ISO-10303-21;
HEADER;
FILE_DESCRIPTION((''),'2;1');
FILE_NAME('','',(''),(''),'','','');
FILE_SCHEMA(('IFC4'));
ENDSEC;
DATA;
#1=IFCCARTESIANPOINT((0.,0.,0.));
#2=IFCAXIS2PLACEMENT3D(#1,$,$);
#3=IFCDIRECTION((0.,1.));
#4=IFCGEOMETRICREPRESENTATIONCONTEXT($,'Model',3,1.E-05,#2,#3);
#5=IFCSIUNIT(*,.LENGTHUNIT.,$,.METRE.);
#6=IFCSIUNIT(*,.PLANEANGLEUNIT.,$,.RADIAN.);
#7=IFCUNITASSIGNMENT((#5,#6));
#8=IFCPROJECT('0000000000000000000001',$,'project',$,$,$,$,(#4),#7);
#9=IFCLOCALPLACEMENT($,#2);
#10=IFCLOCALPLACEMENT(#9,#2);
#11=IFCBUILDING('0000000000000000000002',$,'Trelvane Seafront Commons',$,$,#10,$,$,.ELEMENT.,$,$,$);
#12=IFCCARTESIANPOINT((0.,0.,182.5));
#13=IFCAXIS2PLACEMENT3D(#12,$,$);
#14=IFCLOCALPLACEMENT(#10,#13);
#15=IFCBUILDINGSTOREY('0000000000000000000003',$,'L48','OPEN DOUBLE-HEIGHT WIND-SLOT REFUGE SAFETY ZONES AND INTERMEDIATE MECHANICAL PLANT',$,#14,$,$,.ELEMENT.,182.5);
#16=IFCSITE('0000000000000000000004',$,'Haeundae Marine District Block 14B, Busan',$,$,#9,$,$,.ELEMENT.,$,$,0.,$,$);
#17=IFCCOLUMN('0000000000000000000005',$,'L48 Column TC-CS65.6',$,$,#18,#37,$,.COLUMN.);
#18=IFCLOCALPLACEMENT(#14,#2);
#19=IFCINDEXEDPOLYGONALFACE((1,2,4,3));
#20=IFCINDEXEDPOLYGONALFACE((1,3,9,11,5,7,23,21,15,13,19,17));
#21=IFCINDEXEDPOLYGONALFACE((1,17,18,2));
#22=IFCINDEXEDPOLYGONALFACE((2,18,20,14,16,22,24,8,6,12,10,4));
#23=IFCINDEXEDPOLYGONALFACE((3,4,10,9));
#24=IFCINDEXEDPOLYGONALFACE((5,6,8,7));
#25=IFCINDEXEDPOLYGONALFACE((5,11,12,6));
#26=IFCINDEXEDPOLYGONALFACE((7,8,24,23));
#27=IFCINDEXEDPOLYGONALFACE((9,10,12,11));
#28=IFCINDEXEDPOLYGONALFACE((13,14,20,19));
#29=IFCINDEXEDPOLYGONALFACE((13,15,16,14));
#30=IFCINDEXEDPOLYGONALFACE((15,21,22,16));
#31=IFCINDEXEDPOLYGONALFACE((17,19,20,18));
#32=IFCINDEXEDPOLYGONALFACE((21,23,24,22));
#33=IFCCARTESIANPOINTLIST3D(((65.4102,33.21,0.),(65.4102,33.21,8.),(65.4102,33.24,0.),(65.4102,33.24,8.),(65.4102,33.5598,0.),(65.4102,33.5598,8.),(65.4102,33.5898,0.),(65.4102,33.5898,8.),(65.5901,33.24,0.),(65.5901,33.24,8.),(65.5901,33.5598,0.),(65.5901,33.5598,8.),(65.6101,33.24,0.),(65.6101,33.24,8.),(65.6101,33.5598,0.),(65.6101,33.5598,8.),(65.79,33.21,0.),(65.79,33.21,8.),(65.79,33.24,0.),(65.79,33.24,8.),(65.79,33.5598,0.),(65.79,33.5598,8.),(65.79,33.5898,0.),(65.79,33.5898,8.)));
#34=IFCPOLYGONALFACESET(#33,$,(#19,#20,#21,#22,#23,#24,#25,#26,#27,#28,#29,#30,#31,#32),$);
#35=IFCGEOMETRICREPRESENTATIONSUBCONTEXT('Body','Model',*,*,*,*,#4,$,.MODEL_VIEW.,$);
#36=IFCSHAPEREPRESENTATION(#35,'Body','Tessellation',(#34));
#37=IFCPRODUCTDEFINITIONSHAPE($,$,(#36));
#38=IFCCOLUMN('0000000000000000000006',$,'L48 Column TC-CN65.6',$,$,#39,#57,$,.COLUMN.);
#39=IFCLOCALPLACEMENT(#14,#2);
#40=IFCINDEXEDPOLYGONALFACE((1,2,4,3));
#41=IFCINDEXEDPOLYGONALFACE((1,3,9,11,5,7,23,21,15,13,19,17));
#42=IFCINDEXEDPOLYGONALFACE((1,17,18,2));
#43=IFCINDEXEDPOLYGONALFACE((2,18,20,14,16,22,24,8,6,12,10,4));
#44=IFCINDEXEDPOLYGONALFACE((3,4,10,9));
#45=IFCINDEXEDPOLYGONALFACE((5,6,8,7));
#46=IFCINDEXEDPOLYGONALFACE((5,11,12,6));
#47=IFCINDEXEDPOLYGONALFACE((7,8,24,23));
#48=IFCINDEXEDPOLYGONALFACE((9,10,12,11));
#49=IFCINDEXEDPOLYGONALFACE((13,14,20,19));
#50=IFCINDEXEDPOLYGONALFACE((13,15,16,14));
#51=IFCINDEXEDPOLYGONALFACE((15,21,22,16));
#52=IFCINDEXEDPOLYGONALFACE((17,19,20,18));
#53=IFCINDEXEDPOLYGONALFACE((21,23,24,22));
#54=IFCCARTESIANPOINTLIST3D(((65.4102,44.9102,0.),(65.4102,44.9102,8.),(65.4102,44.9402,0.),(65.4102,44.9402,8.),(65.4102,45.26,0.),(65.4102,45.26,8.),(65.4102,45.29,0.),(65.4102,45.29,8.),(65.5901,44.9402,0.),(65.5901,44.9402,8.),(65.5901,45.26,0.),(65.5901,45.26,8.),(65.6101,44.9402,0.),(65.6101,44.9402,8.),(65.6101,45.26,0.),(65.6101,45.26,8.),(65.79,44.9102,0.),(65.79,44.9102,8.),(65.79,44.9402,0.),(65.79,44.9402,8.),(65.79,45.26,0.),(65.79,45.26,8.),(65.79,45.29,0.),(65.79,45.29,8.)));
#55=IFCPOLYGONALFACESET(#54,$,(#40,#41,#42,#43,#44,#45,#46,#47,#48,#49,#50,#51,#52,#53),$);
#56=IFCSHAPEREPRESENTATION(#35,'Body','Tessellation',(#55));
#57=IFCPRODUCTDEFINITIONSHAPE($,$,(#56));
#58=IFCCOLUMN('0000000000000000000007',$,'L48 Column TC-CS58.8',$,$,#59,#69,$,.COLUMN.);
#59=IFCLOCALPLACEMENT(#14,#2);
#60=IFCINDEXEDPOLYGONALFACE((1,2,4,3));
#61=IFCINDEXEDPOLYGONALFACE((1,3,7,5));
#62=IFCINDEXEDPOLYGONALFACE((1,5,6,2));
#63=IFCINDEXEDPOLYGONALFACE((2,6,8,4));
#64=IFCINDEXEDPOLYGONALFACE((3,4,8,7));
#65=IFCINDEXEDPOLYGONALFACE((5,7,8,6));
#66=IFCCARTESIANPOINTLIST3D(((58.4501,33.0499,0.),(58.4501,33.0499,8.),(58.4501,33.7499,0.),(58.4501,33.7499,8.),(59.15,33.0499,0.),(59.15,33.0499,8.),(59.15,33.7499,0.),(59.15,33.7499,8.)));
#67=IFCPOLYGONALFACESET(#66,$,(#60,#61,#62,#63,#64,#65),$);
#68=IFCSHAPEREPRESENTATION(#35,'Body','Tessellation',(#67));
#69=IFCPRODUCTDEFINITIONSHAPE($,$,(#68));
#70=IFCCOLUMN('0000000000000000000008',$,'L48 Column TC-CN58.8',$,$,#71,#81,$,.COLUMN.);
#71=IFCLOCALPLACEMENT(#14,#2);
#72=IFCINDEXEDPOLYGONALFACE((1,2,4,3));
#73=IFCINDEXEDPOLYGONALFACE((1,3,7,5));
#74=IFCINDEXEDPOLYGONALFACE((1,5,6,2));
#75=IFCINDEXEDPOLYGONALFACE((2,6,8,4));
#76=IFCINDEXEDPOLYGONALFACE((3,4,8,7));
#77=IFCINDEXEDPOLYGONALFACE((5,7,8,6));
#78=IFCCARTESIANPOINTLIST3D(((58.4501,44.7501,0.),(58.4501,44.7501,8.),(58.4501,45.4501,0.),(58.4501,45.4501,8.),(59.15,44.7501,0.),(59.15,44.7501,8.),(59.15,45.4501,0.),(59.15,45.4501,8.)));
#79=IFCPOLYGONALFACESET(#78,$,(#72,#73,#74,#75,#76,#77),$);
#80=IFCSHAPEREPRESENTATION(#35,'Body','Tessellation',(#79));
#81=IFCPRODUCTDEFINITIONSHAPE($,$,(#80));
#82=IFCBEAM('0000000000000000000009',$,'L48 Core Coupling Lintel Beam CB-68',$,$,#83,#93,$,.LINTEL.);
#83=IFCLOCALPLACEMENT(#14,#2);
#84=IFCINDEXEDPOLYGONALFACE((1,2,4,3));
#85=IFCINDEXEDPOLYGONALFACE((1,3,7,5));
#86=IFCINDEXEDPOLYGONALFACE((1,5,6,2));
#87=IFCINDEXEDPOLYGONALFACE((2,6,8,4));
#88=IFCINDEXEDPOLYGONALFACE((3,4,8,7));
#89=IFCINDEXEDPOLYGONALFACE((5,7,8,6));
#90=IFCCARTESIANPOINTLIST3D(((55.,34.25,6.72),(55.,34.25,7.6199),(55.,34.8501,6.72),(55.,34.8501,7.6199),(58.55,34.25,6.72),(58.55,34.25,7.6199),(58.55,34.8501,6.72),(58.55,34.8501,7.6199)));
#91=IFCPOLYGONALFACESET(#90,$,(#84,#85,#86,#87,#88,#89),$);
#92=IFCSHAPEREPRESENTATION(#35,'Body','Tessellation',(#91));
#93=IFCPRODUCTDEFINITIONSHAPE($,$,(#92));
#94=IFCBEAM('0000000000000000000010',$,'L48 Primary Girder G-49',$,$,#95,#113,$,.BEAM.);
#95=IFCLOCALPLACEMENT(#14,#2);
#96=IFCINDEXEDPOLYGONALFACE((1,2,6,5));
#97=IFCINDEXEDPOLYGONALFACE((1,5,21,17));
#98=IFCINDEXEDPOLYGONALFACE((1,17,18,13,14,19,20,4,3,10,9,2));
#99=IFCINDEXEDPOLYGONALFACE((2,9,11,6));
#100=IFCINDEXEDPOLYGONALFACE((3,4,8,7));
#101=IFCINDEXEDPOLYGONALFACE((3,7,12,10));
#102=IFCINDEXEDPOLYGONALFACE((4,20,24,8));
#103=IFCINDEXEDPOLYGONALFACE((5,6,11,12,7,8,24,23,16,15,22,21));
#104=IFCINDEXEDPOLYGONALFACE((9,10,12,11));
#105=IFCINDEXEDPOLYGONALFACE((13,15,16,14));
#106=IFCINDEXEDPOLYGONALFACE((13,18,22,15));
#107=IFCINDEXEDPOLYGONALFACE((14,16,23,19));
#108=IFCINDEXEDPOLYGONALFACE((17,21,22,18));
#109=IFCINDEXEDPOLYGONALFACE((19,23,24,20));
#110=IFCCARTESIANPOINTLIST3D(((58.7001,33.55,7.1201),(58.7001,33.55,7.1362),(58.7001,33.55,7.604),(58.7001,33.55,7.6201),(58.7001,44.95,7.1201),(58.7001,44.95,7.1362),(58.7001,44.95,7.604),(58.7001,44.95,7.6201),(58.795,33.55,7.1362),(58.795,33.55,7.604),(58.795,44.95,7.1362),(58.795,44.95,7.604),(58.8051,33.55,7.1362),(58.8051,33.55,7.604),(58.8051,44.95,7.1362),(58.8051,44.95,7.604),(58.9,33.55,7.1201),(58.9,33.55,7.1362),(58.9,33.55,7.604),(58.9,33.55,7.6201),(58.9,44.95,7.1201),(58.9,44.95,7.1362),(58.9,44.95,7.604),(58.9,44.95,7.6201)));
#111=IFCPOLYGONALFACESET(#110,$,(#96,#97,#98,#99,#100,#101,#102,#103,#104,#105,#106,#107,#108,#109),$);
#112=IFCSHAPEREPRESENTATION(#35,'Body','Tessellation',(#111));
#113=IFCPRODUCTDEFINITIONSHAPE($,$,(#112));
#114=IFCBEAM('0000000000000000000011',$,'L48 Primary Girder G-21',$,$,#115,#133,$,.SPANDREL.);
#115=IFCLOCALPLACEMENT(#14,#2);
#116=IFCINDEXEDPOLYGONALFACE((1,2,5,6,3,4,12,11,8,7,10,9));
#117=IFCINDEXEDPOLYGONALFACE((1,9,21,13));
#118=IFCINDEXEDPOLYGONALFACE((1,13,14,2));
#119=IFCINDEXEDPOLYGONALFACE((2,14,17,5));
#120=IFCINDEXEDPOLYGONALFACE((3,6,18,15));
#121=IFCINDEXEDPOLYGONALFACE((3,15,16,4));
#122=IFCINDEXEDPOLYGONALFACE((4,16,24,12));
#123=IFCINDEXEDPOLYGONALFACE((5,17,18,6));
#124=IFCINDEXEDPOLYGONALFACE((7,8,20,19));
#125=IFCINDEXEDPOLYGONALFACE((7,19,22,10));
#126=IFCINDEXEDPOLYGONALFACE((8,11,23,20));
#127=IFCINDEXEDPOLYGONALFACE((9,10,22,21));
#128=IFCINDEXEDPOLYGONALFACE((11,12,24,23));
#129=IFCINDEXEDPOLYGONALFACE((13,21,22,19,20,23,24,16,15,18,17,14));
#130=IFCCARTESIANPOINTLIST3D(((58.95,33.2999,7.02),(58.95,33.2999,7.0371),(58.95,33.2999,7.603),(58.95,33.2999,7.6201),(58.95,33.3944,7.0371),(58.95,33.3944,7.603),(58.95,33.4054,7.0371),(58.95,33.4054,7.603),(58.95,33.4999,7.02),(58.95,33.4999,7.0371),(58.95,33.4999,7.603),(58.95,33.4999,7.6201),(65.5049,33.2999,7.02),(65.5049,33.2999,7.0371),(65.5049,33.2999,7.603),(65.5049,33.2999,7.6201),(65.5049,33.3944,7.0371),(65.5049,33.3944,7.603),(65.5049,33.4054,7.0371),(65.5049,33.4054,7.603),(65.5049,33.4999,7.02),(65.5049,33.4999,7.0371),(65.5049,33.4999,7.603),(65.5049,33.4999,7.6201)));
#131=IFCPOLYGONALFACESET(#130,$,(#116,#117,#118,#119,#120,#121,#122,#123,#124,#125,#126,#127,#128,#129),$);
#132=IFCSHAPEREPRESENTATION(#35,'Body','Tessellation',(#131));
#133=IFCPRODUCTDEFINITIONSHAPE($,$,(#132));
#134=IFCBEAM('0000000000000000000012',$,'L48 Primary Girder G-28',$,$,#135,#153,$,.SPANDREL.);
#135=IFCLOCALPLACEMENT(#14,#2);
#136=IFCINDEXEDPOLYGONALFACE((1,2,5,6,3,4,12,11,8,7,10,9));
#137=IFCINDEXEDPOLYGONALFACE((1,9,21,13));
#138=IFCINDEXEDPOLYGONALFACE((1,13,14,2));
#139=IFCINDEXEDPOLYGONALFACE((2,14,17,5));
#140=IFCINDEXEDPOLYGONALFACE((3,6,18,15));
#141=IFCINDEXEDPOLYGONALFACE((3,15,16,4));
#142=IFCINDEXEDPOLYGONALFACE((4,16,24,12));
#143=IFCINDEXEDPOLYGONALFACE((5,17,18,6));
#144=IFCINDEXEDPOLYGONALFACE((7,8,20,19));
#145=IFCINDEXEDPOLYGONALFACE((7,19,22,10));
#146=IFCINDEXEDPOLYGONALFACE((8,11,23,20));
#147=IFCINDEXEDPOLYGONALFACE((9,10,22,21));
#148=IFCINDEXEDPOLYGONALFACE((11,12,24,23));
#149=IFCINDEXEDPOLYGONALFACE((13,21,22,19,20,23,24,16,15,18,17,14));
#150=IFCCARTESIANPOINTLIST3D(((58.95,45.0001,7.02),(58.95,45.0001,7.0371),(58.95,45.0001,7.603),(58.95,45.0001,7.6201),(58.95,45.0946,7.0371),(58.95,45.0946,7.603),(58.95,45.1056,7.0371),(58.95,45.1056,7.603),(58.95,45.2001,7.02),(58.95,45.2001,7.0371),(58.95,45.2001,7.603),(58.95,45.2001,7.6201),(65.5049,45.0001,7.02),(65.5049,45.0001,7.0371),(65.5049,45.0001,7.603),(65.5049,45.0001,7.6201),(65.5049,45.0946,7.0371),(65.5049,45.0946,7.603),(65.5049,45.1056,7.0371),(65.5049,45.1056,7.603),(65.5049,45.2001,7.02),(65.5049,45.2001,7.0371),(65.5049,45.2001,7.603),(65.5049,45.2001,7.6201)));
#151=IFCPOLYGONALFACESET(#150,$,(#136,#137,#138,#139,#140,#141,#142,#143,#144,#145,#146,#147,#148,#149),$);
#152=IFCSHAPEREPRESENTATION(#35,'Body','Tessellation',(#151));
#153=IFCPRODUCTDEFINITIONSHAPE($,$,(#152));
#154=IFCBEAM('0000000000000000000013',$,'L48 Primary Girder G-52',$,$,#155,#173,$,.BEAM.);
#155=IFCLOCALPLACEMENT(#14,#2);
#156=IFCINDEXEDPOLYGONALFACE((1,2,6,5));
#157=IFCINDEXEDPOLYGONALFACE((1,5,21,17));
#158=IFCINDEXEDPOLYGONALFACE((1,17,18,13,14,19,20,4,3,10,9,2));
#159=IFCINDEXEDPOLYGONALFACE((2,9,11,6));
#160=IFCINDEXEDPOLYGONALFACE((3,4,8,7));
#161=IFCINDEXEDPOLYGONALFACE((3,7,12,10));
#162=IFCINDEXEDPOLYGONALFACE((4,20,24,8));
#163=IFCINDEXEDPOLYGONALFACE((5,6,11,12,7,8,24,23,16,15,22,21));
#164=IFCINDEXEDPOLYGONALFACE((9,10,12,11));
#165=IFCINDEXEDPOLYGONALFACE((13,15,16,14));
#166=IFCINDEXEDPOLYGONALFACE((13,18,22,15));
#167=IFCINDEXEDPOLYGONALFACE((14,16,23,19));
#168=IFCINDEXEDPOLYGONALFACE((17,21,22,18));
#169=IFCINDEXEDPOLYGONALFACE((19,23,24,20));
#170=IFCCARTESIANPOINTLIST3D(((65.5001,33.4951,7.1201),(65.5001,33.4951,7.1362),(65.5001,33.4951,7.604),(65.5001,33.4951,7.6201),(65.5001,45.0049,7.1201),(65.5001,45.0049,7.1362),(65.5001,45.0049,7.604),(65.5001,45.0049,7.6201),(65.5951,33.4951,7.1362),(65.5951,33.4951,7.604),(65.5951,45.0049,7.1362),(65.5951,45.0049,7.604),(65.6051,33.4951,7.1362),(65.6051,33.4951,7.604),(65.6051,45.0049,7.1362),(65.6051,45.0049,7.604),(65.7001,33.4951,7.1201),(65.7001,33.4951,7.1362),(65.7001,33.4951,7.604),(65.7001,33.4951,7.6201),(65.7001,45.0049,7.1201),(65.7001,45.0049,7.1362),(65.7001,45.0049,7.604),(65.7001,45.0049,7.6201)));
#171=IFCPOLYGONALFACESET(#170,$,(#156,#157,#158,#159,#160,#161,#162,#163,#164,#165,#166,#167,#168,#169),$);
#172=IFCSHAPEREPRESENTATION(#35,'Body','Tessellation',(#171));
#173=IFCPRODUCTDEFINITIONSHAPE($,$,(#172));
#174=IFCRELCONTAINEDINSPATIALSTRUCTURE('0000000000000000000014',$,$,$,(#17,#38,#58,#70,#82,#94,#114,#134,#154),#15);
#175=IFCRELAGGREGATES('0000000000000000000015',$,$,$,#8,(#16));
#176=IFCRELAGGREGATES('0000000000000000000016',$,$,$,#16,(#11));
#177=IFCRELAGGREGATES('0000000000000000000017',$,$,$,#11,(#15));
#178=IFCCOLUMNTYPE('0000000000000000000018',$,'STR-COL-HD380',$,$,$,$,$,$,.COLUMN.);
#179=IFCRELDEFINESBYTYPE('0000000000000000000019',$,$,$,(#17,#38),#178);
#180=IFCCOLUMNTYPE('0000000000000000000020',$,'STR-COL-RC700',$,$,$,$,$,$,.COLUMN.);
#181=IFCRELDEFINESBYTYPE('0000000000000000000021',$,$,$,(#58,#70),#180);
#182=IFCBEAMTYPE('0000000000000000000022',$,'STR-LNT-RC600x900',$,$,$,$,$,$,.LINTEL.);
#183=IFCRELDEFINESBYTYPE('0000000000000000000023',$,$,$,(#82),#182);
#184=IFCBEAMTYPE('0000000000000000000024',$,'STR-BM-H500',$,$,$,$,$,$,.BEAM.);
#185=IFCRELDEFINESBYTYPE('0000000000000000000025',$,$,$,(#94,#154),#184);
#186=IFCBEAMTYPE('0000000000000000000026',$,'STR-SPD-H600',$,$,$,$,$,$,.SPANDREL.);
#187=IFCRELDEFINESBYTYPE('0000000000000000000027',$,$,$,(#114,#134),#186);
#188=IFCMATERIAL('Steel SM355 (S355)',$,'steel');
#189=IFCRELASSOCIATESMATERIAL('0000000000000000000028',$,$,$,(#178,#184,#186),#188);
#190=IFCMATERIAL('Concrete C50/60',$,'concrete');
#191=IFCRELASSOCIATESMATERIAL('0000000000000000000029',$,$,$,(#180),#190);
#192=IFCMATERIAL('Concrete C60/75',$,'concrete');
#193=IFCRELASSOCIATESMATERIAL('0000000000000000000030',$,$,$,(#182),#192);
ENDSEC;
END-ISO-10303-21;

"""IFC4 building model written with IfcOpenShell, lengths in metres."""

from ifc_helpers import new_model, si_unit, direction, frame, origin, origin_2d, place, context, subcontext, project, spatial, rectangle, i_section, extrude, source, transform, mapped, material, material_profile, profile_set, type_object, element, save


model = new_model("IFC4")

# Units and contexts
model_context = context("Model", 3, precision=1e-05, world=origin(), true_north=direction((0.0, 1.0)))
body_context = subcontext(model_context, "Body", "Model", "MODEL_VIEW")
ifc_project = project(units=[si_unit("LENGTHUNIT", "METRE"), si_unit("PLANEANGLEUNIT", "RADIAN")], contexts=[model_context])

# Site, building, storey
site_placement = place(None, origin())
site = spatial("IfcSite", under=ifc_project, at=site_placement, Name="Haeundae Marine District Block 14B, Busan", CompositionType="ELEMENT", RefElevation=0.0)
building_placement = place(site_placement, origin())
building = spatial("IfcBuilding", under=site, at=building_placement, Name="Trelvane Seafront Commons", CompositionType="ELEMENT")
storey_placement = place(building_placement, frame((0.0, 0.0, 182.5)))
storey = spatial("IfcBuildingStorey", under=building, at=storey_placement, Name="L48", Description="OPEN DOUBLE-HEIGHT WIND-SLOT REFUGE SAFETY ZONES AND INTERMEDIATE MECHANICAL PLANT", CompositionType="ELEMENT", Elevation=182.5)

# Columns
ifc_material_1 = material(Name="Steel SM355 (S355)", Category="steel")
ifc_material_profile_1 = material_profile(ifc_material_1, i_section(OverallWidth=0.3799, OverallDepth=0.3799, WebThickness=0.02, FlangeThickness=0.03, at=origin_2d()), Name="HD-380x380x20x30")
ifc_profile_set_1 = profile_set([ifc_material_profile_1], Name="Steel SM355 (S355)")
column_type_1 = type_object("IfcColumnType", Name="STR-COL-HD380", PredefinedType="COLUMN", material=ifc_profile_set_1)
shared_shape_1 = source(origin(), body_context, "Body", "SweptSolid", [
    extrude(i_section(OverallWidth=0.3799, OverallDepth=0.3799, WebThickness=0.02, FlangeThickness=0.03, at=origin_2d()), origin(), (0.0, 0.0, 1.0), 8.0),
])
for number, where, z_axis, x_axis, name in (
    (1, (65.6001, 33.3999, 0.0), (0.0, 0.0, 1.0), (1.0, 0.0, 0.0), "L48 Column TC-CS65.6"),
    (2, (65.6001, 45.1001, 0.0), (0.0, 0.0, 1.0), (1.0, 0.0, 0.0), "L48 Column TC-CN65.6"),
):
    element("IfcColumn", number, at=place(storey_placement, frame(where, z_axis=z_axis, x_axis=x_axis)), inside=storey, type_object=column_type_1, Name=name, PredefinedType="COLUMN", context=body_context, shape_type="MappedRepresentation", body=[
        mapped(shared_shape_1, transform((0.0, 0.0, 0.0), x_axis=(1.0, 0.0, 0.0), y_axis=(0.0, 1.0, 0.0), z_axis=(0.0, 0.0, 1.0), scale=1.0)),
    ])
ifc_material_2 = material(Name="Concrete C50/60", Category="concrete")
ifc_material_profile_2 = material_profile(ifc_material_2, rectangle(XDim=0.7, YDim=0.7, at=origin_2d()), Name="RC-700x700")
ifc_profile_set_2 = profile_set([ifc_material_profile_2], Name="Concrete C50/60")
column_type_2 = type_object("IfcColumnType", Name="STR-COL-RC700", PredefinedType="COLUMN", material=ifc_profile_set_2)
shared_shape_2 = source(origin(), body_context, "Body", "SweptSolid", [
    extrude(rectangle(XDim=0.7, YDim=0.7, at=origin_2d()), origin(), (0.0, 0.0, 1.0), 8.0),
])
for number, where, z_axis, x_axis, name in (
    (3, (58.8, 33.3999, 0.0), (0.0, 0.0, 1.0), (1.0, 0.0, 0.0), "L48 Column TC-CS58.8"),
    (4, (58.8, 45.1001, 0.0), (0.0, 0.0, 1.0), (1.0, 0.0, 0.0), "L48 Column TC-CN58.8"),
):
    element("IfcColumn", number, at=place(storey_placement, frame(where, z_axis=z_axis, x_axis=x_axis)), inside=storey, type_object=column_type_2, Name=name, PredefinedType="COLUMN", context=body_context, shape_type="MappedRepresentation", body=[
        mapped(shared_shape_2, transform((0.0, 0.0, 0.0), x_axis=(1.0, 0.0, 0.0), y_axis=(0.0, 1.0, 0.0), z_axis=(0.0, 0.0, 1.0), scale=1.0)),
    ])

# Beams
ifc_material_3 = material(Name="Concrete C60/75", Category="concrete")
ifc_material_profile_3 = material_profile(ifc_material_3, rectangle(XDim=0.6001, YDim=0.8999, at=origin_2d()), Name="RC-600x900")
ifc_profile_set_3 = profile_set([ifc_material_profile_3], Name="Concrete C60/75")
beam_type_1 = type_object("IfcBeamType", Name="STR-LNT-RC600x900", PredefinedType="LINTEL", material=ifc_profile_set_3)
shared_shape_3 = source(origin(), body_context, "Body", "SweptSolid", [
    extrude(rectangle(XDim=0.6001, YDim=0.8999, at=origin_2d()), origin(), (0.0, 0.0, 1.0), 3.55),
])
beam_1_placement = place(storey_placement, frame((55.0, 34.55, 7.1699), z_axis=(1.0, 0.0, 0.0), x_axis=(0.0, 1.0, 0.0)))
element("IfcBeam", 5, at=beam_1_placement, inside=storey, type_object=beam_type_1, Name="L48 Core Coupling Lintel Beam CB-68", PredefinedType="LINTEL", context=body_context, shape_type="MappedRepresentation", body=[
    mapped(shared_shape_3, transform((0.0, 0.0, 0.0), x_axis=(1.0, 0.0, 0.0), y_axis=(0.0, 1.0, 0.0), z_axis=(0.0, 0.0, 1.0), scale=1.0)),
])
ifc_material_profile_4 = material_profile(ifc_material_1, i_section(OverallWidth=0.2, OverallDepth=0.5, WebThickness=0.01, FlangeThickness=0.0161, at=origin_2d()), Name="H-500x200x10x16")
ifc_profile_set_4 = profile_set([ifc_material_profile_4], Name="Steel SM355 (S355)")
beam_type_2 = type_object("IfcBeamType", Name="STR-BM-H500", PredefinedType="BEAM", material=ifc_profile_set_4)
shared_shape_4 = source(origin(), body_context, "Body", "SweptSolid", [
    extrude(i_section(OverallWidth=0.2, OverallDepth=0.5, WebThickness=0.01, FlangeThickness=0.0161, at=origin_2d()), origin(), (0.0, 0.0, 1.0), 11.3999),
])
beam_2_placement = place(storey_placement, frame((58.8, 33.55, 7.3701), z_axis=(0.0, 1.0, 0.0), x_axis=(-1.0, 0.0, 0.0)))
element("IfcBeam", 6, at=beam_2_placement, inside=storey, type_object=beam_type_2, Name="L48 Primary Girder G-49", PredefinedType="BEAM", context=body_context, shape_type="MappedRepresentation", body=[
    mapped(shared_shape_4, transform((0.0, 0.0, 0.0), x_axis=(1.0, 0.0, 0.0), y_axis=(0.0, 1.0, 0.0), z_axis=(0.0, 0.0, 1.0), scale=1.0)),
])
ifc_material_profile_5 = material_profile(ifc_material_1, i_section(OverallWidth=0.2, OverallDepth=0.6001, WebThickness=0.011, FlangeThickness=0.0171, at=origin_2d()), Name="H-600x200x11x17")
ifc_profile_set_5 = profile_set([ifc_material_profile_5], Name="Steel SM355 (S355)")
beam_type_3 = type_object("IfcBeamType", Name="STR-SPD-H600", PredefinedType="SPANDREL", material=ifc_profile_set_5)
shared_shape_5 = source(origin(), body_context, "Body", "SweptSolid", [
    extrude(i_section(OverallWidth=0.2, OverallDepth=0.6001, WebThickness=0.011, FlangeThickness=0.0171, at=origin_2d()), origin(), (0.0, 0.0, 1.0), 6.5549),
])
for number, where, z_axis, x_axis, name in (
    (7, (58.95, 33.3999, 7.3201), (1.0, 0.0, 0.0), (0.0, 1.0, 0.0), "L48 Primary Girder G-21"),
    (8, (58.95, 45.1001, 7.3201), (1.0, 0.0, 0.0), (0.0, 1.0, 0.0), "L48 Primary Girder G-28"),
):
    element("IfcBeam", number, at=place(storey_placement, frame(where, z_axis=z_axis, x_axis=x_axis)), inside=storey, type_object=beam_type_3, Name=name, PredefinedType="SPANDREL", context=body_context, shape_type="MappedRepresentation", body=[
        mapped(shared_shape_5, transform((0.0, 0.0, 0.0), x_axis=(1.0, 0.0, 0.0), y_axis=(0.0, 1.0, 0.0), z_axis=(0.0, 0.0, 1.0), scale=1.0)),
    ])
shared_shape_6 = source(origin(), body_context, "Body", "SweptSolid", [
    extrude(i_section(OverallWidth=0.2, OverallDepth=0.5, WebThickness=0.01, FlangeThickness=0.0161, at=origin_2d()), origin(), (0.0, 0.0, 1.0), 11.5098),
])
beam_3_placement = place(storey_placement, frame((65.6001, 33.4951, 7.3701), z_axis=(0.0, 1.0, 0.0), x_axis=(-1.0, 0.0, 0.0)))
element("IfcBeam", 9, at=beam_3_placement, inside=storey, type_object=beam_type_2, Name="L48 Primary Girder G-52", PredefinedType="BEAM", context=body_context, shape_type="MappedRepresentation", body=[
    mapped(shared_shape_6, transform((0.0, 0.0, 0.0), x_axis=(1.0, 0.0, 0.0), y_axis=(0.0, 1.0, 0.0), z_axis=(0.0, 0.0, 1.0), scale=1.0)),
])

save(model, "model.ifc")
